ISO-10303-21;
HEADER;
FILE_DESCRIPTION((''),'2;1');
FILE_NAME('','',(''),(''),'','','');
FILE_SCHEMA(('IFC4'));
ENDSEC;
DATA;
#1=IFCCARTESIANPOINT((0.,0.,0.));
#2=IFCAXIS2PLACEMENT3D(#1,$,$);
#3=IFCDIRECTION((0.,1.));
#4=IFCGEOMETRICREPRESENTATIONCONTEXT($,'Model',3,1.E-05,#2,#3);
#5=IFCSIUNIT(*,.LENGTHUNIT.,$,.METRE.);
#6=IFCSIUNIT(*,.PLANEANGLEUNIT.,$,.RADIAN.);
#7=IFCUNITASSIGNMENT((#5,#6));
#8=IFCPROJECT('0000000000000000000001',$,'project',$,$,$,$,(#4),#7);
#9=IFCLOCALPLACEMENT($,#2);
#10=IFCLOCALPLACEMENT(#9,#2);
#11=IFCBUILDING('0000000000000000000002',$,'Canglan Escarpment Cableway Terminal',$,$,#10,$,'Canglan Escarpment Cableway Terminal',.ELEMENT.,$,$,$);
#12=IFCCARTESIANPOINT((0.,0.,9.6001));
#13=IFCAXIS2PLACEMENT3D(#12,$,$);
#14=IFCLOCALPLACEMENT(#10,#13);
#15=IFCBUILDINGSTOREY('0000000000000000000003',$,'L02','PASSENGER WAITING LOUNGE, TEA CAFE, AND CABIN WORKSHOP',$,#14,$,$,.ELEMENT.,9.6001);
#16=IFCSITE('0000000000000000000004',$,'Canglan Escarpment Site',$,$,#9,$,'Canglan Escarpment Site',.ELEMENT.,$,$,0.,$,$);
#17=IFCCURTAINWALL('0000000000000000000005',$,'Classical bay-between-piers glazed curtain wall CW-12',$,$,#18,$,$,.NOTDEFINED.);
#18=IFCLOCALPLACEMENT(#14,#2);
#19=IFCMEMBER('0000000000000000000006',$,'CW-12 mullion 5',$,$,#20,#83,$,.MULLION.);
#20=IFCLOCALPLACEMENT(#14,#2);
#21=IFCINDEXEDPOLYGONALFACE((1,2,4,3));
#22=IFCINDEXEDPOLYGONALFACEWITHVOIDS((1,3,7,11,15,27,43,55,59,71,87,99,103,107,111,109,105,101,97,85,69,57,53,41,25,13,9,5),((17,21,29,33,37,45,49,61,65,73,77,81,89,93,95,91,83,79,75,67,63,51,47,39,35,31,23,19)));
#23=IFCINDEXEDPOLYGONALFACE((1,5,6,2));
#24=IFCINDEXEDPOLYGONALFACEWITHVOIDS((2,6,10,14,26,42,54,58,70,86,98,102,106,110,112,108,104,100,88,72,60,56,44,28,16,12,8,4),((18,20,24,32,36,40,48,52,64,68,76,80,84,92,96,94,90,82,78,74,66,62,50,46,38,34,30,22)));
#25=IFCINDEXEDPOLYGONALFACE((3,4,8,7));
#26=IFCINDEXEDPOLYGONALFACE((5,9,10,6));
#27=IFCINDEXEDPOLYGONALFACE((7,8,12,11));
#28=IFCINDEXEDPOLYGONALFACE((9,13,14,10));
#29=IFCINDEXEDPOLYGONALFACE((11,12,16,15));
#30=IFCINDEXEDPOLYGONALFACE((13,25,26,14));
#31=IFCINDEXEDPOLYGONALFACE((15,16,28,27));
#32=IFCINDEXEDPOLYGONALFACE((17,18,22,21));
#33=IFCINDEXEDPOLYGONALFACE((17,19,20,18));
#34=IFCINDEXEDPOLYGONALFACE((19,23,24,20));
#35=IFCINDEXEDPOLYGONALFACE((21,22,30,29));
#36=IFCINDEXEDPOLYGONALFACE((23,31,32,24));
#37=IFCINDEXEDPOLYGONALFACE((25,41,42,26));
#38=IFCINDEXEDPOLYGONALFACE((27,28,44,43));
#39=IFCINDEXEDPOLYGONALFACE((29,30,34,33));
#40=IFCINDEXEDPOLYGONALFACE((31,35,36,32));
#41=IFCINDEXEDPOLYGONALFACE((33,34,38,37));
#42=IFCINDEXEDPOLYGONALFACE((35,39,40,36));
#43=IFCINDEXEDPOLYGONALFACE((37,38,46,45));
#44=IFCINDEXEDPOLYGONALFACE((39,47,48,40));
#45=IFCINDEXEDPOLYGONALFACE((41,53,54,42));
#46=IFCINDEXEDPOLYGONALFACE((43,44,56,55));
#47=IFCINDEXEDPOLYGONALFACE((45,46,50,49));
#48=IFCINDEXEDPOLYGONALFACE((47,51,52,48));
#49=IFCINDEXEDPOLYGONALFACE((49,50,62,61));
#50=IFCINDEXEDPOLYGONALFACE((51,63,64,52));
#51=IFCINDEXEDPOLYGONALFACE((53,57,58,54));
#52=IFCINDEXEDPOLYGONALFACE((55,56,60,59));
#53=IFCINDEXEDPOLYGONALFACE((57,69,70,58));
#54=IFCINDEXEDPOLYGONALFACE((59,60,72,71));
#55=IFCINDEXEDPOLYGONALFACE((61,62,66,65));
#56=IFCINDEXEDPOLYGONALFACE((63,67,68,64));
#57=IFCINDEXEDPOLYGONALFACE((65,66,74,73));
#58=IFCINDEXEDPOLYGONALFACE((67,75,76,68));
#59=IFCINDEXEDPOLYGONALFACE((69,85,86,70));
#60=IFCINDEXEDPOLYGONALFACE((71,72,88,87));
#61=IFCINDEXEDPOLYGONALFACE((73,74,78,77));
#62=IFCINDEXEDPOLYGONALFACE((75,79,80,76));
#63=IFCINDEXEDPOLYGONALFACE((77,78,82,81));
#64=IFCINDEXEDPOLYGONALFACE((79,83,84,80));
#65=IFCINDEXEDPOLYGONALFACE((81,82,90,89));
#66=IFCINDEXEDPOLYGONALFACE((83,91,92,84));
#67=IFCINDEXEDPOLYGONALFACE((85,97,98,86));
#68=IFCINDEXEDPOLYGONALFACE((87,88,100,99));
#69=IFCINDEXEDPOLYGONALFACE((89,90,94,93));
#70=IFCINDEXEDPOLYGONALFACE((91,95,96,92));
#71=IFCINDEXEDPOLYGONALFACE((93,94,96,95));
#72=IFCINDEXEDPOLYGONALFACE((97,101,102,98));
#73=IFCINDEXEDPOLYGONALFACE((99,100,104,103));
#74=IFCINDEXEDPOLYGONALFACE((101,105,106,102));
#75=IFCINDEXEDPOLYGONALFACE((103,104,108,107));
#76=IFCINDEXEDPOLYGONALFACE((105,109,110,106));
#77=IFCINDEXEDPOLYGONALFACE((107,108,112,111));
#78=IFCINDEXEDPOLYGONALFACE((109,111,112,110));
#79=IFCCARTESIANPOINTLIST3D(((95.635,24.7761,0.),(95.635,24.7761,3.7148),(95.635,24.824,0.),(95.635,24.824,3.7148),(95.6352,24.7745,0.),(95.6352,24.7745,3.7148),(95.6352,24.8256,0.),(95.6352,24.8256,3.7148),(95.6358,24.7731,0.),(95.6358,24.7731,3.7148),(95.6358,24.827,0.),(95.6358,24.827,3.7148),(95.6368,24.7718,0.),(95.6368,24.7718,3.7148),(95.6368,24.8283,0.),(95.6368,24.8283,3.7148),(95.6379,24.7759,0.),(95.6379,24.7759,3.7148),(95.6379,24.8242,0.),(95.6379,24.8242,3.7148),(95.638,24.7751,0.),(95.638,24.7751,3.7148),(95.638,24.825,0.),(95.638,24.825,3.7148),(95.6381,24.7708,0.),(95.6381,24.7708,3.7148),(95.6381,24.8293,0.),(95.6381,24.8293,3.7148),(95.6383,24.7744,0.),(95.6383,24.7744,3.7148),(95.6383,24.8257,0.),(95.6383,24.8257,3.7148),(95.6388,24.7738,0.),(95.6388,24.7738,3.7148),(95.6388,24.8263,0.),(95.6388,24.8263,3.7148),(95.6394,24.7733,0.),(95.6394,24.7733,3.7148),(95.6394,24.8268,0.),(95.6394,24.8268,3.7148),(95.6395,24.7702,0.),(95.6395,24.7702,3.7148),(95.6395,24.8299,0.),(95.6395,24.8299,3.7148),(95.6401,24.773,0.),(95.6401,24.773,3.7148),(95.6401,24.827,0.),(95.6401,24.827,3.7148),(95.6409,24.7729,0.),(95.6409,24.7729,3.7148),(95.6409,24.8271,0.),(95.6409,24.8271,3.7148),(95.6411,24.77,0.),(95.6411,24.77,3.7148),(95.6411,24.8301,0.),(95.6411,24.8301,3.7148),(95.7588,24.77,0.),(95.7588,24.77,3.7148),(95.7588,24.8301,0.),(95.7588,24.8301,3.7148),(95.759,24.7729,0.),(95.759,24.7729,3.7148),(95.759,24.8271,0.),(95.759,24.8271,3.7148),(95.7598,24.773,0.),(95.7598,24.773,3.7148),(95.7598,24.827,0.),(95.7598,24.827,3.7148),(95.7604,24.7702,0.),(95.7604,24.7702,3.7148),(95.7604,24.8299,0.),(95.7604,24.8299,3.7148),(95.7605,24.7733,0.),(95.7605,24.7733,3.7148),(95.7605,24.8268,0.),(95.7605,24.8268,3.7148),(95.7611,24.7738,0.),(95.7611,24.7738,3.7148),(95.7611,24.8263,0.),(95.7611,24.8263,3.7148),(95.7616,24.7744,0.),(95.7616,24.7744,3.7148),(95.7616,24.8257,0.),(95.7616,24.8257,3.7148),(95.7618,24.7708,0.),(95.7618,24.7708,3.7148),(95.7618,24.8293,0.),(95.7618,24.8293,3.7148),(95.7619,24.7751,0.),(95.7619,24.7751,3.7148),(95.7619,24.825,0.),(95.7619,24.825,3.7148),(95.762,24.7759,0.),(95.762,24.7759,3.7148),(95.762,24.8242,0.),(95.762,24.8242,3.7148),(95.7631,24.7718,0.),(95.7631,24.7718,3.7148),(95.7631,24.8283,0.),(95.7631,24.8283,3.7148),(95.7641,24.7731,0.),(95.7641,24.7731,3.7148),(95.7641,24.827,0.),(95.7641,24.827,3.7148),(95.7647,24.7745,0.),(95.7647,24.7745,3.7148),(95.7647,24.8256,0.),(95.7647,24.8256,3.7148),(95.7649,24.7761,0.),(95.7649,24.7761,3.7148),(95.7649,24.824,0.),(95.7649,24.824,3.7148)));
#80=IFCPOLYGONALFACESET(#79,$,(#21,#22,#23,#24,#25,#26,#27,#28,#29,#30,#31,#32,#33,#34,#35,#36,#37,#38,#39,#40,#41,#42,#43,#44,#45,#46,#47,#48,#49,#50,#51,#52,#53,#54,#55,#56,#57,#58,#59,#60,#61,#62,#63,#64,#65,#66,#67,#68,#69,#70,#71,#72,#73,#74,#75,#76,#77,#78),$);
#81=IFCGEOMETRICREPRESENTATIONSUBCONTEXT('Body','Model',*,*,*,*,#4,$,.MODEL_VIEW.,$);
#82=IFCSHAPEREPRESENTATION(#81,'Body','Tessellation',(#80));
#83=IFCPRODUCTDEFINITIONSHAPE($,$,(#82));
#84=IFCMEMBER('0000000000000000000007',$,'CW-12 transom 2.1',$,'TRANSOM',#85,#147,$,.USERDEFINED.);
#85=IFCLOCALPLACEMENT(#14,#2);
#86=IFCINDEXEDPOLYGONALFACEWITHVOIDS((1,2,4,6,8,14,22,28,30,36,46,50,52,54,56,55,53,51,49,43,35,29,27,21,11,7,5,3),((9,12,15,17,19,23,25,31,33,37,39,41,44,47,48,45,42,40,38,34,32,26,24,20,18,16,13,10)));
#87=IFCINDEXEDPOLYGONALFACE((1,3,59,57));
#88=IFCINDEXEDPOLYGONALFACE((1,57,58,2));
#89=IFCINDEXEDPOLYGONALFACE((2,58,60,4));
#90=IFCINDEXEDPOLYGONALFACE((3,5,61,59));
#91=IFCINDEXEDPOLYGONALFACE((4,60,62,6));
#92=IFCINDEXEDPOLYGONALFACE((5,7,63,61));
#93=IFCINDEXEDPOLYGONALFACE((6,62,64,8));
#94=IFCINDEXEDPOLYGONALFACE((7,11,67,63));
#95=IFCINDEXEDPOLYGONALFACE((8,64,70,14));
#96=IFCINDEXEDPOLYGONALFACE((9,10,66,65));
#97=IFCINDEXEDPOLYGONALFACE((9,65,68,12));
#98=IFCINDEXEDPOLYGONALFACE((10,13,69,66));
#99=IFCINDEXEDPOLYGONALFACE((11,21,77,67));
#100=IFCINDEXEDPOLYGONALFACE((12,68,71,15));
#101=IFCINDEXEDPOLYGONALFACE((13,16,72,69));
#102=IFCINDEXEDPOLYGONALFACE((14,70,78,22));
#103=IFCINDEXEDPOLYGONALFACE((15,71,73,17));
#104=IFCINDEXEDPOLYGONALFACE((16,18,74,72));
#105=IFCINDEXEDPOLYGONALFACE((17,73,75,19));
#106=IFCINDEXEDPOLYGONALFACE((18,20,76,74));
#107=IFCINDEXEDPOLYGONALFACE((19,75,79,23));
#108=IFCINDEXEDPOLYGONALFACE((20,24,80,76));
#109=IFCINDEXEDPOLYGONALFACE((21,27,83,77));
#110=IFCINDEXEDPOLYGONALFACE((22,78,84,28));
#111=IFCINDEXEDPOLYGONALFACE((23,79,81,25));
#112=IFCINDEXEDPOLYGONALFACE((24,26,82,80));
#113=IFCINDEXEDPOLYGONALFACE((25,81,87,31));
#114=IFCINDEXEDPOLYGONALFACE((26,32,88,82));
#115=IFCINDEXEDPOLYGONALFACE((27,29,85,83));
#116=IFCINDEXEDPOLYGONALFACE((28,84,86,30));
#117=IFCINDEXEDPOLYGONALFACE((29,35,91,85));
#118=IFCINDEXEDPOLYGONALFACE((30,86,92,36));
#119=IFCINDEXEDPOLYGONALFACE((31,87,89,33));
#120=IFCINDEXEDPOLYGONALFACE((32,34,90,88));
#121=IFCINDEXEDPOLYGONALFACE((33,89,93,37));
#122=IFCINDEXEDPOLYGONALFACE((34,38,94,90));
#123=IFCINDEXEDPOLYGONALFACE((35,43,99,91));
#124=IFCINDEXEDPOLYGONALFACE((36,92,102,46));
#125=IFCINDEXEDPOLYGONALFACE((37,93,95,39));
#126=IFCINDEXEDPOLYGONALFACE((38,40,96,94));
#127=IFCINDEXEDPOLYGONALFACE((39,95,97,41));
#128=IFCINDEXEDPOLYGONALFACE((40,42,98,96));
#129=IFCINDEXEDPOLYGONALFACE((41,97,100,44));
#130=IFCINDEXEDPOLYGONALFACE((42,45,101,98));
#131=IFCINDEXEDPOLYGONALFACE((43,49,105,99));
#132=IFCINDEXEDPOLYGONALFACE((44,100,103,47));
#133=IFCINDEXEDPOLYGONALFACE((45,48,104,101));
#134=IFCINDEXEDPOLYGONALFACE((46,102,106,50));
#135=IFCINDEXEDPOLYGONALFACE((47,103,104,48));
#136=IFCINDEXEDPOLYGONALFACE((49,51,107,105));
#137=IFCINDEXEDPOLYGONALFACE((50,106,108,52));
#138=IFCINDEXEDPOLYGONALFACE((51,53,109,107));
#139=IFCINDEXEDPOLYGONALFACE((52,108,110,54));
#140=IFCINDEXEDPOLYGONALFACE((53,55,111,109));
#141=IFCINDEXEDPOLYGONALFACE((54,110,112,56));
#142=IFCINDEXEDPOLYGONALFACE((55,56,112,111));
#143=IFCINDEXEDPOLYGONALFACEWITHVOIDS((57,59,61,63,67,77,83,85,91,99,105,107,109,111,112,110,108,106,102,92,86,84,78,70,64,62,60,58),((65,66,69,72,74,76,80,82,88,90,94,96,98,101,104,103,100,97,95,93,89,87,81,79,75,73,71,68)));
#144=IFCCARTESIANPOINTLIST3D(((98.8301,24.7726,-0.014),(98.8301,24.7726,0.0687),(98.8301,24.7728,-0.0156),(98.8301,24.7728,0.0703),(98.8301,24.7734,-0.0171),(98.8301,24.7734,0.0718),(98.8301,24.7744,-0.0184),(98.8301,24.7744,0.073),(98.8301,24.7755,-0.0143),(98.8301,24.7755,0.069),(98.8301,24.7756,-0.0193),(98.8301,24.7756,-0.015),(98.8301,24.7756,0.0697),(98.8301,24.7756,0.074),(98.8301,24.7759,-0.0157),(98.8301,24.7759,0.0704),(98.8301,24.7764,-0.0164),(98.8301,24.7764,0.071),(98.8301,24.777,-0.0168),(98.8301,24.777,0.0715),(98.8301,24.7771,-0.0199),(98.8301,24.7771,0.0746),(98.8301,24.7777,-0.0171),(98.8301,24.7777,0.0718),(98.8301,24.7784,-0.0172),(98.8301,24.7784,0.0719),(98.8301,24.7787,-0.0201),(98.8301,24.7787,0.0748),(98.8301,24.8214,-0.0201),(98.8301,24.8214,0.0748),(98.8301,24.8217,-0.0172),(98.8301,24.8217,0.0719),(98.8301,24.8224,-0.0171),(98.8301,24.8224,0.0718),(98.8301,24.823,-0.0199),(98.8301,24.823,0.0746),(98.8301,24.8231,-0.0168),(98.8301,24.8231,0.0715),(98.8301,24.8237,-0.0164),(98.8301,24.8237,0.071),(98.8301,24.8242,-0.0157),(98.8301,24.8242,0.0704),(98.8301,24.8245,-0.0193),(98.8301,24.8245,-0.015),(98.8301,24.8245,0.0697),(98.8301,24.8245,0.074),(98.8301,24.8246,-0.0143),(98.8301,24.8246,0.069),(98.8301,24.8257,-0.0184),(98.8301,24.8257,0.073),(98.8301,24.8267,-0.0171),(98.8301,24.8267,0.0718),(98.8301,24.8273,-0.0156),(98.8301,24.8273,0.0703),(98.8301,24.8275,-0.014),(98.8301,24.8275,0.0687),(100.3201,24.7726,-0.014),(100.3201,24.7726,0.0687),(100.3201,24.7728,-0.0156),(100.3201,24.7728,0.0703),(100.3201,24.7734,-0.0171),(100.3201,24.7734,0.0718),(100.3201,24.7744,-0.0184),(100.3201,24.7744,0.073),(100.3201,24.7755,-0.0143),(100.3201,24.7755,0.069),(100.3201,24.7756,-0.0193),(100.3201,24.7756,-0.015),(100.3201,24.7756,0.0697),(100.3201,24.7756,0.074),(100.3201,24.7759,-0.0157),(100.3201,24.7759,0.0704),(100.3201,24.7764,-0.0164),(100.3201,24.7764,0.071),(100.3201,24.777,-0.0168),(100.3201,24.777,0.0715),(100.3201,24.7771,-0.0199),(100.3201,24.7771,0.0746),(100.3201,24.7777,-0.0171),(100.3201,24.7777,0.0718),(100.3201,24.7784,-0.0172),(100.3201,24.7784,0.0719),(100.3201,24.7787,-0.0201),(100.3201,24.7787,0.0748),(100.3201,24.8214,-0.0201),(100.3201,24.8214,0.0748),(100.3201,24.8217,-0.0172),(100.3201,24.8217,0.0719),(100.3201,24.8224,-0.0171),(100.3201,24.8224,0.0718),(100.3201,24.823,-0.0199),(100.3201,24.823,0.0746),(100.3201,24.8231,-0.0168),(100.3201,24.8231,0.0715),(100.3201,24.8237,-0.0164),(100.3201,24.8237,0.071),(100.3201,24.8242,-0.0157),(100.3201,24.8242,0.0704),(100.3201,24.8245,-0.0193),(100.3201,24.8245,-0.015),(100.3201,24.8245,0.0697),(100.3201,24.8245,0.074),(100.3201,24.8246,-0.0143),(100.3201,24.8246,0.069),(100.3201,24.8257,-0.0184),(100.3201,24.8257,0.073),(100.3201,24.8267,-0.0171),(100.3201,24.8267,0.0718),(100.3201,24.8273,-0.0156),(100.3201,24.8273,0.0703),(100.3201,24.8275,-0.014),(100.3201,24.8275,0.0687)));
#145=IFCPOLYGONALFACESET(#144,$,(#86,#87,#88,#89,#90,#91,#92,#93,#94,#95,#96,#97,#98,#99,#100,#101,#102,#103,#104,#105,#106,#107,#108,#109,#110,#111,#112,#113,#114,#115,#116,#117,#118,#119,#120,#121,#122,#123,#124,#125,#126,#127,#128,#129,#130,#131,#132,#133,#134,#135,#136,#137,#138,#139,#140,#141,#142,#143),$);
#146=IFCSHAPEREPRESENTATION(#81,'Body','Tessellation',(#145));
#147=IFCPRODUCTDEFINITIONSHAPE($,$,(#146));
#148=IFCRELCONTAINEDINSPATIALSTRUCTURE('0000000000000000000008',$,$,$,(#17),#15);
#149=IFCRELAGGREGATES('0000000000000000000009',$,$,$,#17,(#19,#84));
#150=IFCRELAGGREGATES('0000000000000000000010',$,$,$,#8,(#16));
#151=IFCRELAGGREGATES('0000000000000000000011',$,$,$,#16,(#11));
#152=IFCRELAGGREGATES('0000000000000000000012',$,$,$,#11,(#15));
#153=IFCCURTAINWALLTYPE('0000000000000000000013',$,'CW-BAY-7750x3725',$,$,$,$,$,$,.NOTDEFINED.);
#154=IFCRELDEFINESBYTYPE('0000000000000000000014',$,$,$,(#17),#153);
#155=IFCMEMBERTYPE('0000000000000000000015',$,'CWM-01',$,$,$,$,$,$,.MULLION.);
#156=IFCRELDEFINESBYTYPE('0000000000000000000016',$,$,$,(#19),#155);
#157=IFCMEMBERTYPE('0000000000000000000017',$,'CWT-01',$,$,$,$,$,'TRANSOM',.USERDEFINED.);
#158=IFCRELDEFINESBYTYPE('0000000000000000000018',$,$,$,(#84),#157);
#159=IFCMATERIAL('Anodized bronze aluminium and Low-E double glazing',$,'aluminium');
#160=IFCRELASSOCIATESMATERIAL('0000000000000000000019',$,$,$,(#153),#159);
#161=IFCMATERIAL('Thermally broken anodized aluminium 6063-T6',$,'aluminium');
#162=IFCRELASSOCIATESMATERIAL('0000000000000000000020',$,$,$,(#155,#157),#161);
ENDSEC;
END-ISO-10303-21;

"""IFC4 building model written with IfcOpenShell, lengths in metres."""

from ifc_helpers import new_model, si_unit, direction, frame, origin, origin_2d, place, context, subcontext, project, spatial, hollow_rectangle, extrude, material, material_profile, profile_set, type_object, element, aggregate, save


model = new_model("IFC4")

# Units and contexts
model_context = context("Model", 3, precision=1e-05, world=origin(), true_north=direction((0.0, 1.0)))
body_context = subcontext(model_context, "Body", "Model", "MODEL_VIEW")
ifc_project = project(units=[si_unit("LENGTHUNIT", "METRE"), si_unit("PLANEANGLEUNIT", "RADIAN")], contexts=[model_context])

# Site, building, storey
site_placement = place(None, origin())
site = spatial("IfcSite", under=ifc_project, at=site_placement, Name="Canglan Escarpment Site", LongName="Canglan Escarpment Site", CompositionType="ELEMENT", RefElevation=0.0)
building_placement = place(site_placement, origin())
building = spatial("IfcBuilding", under=site, at=building_placement, Name="Canglan Escarpment Cableway Terminal", LongName="Canglan Escarpment Cableway Terminal", CompositionType="ELEMENT")
storey_placement = place(building_placement, frame((0.0, 0.0, 9.6001)))
storey = spatial("IfcBuildingStorey", under=building, at=storey_placement, Name="L02", Description="PASSENGER WAITING LOUNGE, TEA CAFE, AND CABIN WORKSHOP", CompositionType="ELEMENT", Elevation=9.6001)

# Curtain wall, members
ifc_material_1 = material(Name="Anodized bronze aluminium and Low-E double glazing", Category="aluminium")
curtain_wall_type = type_object("IfcCurtainWallType", Name="CW-BAY-7750x3725", PredefinedType="NOTDEFINED", material=ifc_material_1)
curtain_wall_placement = place(storey_placement, origin())
curtain_wall = element("IfcCurtainWall", 1, at=curtain_wall_placement, inside=storey, type_object=curtain_wall_type, Name="Classical bay-between-piers glazed curtain wall CW-12", PredefinedType="NOTDEFINED")
ifc_material_2 = material(Name="Thermally broken anodized aluminium 6063-T6", Category="aluminium")
ifc_material_profile_1 = material_profile(ifc_material_2, hollow_rectangle(XDim=0.0601, YDim=0.1299, WallThickness=0.0029, InnerFilletRadius=0.0029, OuterFilletRadius=0.0061, at=origin_2d()), Name="ALU-MULL 60x130x3")
ifc_profile_set_1 = profile_set([ifc_material_profile_1], Name="Thermally broken anodized aluminium 6063-T6")
member_type_1 = type_object("IfcMemberType", Name="CWM-01", PredefinedType="MULLION", material=ifc_profile_set_1)
member_1_placement = place(storey_placement, frame((95.7, 24.8, 0.0), z_axis=(0.0, 0.0, 1.0), x_axis=(0.0, -1.0, 0.0)))
member_1 = element("IfcMember", 2, at=member_1_placement, type_object=member_type_1, Name="CW-12 mullion 5", PredefinedType="MULLION", context=body_context, shape_type="SweptSolid", body=[
    extrude(hollow_rectangle(XDim=0.0601, YDim=0.1299, WallThickness=0.0029, InnerFilletRadius=0.0029, OuterFilletRadius=0.0061, at=origin_2d()), origin(), (0.0, 0.0, 1.0), 3.7148),
])
ifc_material_profile_2 = material_profile(ifc_material_2, hollow_rectangle(XDim=0.0549, YDim=0.095, WallThickness=0.0029, InnerFilletRadius=0.0029, OuterFilletRadius=0.0061, at=origin_2d()), Name="ALU-TRAN 55x95x3")
ifc_profile_set_2 = profile_set([ifc_material_profile_2], Name="Thermally broken anodized aluminium 6063-T6")
member_type_2 = type_object("IfcMemberType", Name="CWT-01", ElementType="TRANSOM", PredefinedType="USERDEFINED", material=ifc_profile_set_2)
member_2_placement = place(storey_placement, frame((100.3201, 24.8, 0.0273), z_axis=(-1.0, 0.0, 0.0), x_axis=(0.0, -1.0, 0.0)))
member_2 = element("IfcMember", 3, at=member_2_placement, type_object=member_type_2, Name="CW-12 transom 2.1", ObjectType="TRANSOM", PredefinedType="USERDEFINED", context=body_context, shape_type="SweptSolid", body=[
    extrude(hollow_rectangle(XDim=0.0549, YDim=0.095, WallThickness=0.0029, InnerFilletRadius=0.0029, OuterFilletRadius=0.0061, at=origin_2d()), origin(), (0.0, 0.0, 1.0), 1.49),
])
aggregate(curtain_wall, [member_1, member_2])

save(model, "model.ifc")
